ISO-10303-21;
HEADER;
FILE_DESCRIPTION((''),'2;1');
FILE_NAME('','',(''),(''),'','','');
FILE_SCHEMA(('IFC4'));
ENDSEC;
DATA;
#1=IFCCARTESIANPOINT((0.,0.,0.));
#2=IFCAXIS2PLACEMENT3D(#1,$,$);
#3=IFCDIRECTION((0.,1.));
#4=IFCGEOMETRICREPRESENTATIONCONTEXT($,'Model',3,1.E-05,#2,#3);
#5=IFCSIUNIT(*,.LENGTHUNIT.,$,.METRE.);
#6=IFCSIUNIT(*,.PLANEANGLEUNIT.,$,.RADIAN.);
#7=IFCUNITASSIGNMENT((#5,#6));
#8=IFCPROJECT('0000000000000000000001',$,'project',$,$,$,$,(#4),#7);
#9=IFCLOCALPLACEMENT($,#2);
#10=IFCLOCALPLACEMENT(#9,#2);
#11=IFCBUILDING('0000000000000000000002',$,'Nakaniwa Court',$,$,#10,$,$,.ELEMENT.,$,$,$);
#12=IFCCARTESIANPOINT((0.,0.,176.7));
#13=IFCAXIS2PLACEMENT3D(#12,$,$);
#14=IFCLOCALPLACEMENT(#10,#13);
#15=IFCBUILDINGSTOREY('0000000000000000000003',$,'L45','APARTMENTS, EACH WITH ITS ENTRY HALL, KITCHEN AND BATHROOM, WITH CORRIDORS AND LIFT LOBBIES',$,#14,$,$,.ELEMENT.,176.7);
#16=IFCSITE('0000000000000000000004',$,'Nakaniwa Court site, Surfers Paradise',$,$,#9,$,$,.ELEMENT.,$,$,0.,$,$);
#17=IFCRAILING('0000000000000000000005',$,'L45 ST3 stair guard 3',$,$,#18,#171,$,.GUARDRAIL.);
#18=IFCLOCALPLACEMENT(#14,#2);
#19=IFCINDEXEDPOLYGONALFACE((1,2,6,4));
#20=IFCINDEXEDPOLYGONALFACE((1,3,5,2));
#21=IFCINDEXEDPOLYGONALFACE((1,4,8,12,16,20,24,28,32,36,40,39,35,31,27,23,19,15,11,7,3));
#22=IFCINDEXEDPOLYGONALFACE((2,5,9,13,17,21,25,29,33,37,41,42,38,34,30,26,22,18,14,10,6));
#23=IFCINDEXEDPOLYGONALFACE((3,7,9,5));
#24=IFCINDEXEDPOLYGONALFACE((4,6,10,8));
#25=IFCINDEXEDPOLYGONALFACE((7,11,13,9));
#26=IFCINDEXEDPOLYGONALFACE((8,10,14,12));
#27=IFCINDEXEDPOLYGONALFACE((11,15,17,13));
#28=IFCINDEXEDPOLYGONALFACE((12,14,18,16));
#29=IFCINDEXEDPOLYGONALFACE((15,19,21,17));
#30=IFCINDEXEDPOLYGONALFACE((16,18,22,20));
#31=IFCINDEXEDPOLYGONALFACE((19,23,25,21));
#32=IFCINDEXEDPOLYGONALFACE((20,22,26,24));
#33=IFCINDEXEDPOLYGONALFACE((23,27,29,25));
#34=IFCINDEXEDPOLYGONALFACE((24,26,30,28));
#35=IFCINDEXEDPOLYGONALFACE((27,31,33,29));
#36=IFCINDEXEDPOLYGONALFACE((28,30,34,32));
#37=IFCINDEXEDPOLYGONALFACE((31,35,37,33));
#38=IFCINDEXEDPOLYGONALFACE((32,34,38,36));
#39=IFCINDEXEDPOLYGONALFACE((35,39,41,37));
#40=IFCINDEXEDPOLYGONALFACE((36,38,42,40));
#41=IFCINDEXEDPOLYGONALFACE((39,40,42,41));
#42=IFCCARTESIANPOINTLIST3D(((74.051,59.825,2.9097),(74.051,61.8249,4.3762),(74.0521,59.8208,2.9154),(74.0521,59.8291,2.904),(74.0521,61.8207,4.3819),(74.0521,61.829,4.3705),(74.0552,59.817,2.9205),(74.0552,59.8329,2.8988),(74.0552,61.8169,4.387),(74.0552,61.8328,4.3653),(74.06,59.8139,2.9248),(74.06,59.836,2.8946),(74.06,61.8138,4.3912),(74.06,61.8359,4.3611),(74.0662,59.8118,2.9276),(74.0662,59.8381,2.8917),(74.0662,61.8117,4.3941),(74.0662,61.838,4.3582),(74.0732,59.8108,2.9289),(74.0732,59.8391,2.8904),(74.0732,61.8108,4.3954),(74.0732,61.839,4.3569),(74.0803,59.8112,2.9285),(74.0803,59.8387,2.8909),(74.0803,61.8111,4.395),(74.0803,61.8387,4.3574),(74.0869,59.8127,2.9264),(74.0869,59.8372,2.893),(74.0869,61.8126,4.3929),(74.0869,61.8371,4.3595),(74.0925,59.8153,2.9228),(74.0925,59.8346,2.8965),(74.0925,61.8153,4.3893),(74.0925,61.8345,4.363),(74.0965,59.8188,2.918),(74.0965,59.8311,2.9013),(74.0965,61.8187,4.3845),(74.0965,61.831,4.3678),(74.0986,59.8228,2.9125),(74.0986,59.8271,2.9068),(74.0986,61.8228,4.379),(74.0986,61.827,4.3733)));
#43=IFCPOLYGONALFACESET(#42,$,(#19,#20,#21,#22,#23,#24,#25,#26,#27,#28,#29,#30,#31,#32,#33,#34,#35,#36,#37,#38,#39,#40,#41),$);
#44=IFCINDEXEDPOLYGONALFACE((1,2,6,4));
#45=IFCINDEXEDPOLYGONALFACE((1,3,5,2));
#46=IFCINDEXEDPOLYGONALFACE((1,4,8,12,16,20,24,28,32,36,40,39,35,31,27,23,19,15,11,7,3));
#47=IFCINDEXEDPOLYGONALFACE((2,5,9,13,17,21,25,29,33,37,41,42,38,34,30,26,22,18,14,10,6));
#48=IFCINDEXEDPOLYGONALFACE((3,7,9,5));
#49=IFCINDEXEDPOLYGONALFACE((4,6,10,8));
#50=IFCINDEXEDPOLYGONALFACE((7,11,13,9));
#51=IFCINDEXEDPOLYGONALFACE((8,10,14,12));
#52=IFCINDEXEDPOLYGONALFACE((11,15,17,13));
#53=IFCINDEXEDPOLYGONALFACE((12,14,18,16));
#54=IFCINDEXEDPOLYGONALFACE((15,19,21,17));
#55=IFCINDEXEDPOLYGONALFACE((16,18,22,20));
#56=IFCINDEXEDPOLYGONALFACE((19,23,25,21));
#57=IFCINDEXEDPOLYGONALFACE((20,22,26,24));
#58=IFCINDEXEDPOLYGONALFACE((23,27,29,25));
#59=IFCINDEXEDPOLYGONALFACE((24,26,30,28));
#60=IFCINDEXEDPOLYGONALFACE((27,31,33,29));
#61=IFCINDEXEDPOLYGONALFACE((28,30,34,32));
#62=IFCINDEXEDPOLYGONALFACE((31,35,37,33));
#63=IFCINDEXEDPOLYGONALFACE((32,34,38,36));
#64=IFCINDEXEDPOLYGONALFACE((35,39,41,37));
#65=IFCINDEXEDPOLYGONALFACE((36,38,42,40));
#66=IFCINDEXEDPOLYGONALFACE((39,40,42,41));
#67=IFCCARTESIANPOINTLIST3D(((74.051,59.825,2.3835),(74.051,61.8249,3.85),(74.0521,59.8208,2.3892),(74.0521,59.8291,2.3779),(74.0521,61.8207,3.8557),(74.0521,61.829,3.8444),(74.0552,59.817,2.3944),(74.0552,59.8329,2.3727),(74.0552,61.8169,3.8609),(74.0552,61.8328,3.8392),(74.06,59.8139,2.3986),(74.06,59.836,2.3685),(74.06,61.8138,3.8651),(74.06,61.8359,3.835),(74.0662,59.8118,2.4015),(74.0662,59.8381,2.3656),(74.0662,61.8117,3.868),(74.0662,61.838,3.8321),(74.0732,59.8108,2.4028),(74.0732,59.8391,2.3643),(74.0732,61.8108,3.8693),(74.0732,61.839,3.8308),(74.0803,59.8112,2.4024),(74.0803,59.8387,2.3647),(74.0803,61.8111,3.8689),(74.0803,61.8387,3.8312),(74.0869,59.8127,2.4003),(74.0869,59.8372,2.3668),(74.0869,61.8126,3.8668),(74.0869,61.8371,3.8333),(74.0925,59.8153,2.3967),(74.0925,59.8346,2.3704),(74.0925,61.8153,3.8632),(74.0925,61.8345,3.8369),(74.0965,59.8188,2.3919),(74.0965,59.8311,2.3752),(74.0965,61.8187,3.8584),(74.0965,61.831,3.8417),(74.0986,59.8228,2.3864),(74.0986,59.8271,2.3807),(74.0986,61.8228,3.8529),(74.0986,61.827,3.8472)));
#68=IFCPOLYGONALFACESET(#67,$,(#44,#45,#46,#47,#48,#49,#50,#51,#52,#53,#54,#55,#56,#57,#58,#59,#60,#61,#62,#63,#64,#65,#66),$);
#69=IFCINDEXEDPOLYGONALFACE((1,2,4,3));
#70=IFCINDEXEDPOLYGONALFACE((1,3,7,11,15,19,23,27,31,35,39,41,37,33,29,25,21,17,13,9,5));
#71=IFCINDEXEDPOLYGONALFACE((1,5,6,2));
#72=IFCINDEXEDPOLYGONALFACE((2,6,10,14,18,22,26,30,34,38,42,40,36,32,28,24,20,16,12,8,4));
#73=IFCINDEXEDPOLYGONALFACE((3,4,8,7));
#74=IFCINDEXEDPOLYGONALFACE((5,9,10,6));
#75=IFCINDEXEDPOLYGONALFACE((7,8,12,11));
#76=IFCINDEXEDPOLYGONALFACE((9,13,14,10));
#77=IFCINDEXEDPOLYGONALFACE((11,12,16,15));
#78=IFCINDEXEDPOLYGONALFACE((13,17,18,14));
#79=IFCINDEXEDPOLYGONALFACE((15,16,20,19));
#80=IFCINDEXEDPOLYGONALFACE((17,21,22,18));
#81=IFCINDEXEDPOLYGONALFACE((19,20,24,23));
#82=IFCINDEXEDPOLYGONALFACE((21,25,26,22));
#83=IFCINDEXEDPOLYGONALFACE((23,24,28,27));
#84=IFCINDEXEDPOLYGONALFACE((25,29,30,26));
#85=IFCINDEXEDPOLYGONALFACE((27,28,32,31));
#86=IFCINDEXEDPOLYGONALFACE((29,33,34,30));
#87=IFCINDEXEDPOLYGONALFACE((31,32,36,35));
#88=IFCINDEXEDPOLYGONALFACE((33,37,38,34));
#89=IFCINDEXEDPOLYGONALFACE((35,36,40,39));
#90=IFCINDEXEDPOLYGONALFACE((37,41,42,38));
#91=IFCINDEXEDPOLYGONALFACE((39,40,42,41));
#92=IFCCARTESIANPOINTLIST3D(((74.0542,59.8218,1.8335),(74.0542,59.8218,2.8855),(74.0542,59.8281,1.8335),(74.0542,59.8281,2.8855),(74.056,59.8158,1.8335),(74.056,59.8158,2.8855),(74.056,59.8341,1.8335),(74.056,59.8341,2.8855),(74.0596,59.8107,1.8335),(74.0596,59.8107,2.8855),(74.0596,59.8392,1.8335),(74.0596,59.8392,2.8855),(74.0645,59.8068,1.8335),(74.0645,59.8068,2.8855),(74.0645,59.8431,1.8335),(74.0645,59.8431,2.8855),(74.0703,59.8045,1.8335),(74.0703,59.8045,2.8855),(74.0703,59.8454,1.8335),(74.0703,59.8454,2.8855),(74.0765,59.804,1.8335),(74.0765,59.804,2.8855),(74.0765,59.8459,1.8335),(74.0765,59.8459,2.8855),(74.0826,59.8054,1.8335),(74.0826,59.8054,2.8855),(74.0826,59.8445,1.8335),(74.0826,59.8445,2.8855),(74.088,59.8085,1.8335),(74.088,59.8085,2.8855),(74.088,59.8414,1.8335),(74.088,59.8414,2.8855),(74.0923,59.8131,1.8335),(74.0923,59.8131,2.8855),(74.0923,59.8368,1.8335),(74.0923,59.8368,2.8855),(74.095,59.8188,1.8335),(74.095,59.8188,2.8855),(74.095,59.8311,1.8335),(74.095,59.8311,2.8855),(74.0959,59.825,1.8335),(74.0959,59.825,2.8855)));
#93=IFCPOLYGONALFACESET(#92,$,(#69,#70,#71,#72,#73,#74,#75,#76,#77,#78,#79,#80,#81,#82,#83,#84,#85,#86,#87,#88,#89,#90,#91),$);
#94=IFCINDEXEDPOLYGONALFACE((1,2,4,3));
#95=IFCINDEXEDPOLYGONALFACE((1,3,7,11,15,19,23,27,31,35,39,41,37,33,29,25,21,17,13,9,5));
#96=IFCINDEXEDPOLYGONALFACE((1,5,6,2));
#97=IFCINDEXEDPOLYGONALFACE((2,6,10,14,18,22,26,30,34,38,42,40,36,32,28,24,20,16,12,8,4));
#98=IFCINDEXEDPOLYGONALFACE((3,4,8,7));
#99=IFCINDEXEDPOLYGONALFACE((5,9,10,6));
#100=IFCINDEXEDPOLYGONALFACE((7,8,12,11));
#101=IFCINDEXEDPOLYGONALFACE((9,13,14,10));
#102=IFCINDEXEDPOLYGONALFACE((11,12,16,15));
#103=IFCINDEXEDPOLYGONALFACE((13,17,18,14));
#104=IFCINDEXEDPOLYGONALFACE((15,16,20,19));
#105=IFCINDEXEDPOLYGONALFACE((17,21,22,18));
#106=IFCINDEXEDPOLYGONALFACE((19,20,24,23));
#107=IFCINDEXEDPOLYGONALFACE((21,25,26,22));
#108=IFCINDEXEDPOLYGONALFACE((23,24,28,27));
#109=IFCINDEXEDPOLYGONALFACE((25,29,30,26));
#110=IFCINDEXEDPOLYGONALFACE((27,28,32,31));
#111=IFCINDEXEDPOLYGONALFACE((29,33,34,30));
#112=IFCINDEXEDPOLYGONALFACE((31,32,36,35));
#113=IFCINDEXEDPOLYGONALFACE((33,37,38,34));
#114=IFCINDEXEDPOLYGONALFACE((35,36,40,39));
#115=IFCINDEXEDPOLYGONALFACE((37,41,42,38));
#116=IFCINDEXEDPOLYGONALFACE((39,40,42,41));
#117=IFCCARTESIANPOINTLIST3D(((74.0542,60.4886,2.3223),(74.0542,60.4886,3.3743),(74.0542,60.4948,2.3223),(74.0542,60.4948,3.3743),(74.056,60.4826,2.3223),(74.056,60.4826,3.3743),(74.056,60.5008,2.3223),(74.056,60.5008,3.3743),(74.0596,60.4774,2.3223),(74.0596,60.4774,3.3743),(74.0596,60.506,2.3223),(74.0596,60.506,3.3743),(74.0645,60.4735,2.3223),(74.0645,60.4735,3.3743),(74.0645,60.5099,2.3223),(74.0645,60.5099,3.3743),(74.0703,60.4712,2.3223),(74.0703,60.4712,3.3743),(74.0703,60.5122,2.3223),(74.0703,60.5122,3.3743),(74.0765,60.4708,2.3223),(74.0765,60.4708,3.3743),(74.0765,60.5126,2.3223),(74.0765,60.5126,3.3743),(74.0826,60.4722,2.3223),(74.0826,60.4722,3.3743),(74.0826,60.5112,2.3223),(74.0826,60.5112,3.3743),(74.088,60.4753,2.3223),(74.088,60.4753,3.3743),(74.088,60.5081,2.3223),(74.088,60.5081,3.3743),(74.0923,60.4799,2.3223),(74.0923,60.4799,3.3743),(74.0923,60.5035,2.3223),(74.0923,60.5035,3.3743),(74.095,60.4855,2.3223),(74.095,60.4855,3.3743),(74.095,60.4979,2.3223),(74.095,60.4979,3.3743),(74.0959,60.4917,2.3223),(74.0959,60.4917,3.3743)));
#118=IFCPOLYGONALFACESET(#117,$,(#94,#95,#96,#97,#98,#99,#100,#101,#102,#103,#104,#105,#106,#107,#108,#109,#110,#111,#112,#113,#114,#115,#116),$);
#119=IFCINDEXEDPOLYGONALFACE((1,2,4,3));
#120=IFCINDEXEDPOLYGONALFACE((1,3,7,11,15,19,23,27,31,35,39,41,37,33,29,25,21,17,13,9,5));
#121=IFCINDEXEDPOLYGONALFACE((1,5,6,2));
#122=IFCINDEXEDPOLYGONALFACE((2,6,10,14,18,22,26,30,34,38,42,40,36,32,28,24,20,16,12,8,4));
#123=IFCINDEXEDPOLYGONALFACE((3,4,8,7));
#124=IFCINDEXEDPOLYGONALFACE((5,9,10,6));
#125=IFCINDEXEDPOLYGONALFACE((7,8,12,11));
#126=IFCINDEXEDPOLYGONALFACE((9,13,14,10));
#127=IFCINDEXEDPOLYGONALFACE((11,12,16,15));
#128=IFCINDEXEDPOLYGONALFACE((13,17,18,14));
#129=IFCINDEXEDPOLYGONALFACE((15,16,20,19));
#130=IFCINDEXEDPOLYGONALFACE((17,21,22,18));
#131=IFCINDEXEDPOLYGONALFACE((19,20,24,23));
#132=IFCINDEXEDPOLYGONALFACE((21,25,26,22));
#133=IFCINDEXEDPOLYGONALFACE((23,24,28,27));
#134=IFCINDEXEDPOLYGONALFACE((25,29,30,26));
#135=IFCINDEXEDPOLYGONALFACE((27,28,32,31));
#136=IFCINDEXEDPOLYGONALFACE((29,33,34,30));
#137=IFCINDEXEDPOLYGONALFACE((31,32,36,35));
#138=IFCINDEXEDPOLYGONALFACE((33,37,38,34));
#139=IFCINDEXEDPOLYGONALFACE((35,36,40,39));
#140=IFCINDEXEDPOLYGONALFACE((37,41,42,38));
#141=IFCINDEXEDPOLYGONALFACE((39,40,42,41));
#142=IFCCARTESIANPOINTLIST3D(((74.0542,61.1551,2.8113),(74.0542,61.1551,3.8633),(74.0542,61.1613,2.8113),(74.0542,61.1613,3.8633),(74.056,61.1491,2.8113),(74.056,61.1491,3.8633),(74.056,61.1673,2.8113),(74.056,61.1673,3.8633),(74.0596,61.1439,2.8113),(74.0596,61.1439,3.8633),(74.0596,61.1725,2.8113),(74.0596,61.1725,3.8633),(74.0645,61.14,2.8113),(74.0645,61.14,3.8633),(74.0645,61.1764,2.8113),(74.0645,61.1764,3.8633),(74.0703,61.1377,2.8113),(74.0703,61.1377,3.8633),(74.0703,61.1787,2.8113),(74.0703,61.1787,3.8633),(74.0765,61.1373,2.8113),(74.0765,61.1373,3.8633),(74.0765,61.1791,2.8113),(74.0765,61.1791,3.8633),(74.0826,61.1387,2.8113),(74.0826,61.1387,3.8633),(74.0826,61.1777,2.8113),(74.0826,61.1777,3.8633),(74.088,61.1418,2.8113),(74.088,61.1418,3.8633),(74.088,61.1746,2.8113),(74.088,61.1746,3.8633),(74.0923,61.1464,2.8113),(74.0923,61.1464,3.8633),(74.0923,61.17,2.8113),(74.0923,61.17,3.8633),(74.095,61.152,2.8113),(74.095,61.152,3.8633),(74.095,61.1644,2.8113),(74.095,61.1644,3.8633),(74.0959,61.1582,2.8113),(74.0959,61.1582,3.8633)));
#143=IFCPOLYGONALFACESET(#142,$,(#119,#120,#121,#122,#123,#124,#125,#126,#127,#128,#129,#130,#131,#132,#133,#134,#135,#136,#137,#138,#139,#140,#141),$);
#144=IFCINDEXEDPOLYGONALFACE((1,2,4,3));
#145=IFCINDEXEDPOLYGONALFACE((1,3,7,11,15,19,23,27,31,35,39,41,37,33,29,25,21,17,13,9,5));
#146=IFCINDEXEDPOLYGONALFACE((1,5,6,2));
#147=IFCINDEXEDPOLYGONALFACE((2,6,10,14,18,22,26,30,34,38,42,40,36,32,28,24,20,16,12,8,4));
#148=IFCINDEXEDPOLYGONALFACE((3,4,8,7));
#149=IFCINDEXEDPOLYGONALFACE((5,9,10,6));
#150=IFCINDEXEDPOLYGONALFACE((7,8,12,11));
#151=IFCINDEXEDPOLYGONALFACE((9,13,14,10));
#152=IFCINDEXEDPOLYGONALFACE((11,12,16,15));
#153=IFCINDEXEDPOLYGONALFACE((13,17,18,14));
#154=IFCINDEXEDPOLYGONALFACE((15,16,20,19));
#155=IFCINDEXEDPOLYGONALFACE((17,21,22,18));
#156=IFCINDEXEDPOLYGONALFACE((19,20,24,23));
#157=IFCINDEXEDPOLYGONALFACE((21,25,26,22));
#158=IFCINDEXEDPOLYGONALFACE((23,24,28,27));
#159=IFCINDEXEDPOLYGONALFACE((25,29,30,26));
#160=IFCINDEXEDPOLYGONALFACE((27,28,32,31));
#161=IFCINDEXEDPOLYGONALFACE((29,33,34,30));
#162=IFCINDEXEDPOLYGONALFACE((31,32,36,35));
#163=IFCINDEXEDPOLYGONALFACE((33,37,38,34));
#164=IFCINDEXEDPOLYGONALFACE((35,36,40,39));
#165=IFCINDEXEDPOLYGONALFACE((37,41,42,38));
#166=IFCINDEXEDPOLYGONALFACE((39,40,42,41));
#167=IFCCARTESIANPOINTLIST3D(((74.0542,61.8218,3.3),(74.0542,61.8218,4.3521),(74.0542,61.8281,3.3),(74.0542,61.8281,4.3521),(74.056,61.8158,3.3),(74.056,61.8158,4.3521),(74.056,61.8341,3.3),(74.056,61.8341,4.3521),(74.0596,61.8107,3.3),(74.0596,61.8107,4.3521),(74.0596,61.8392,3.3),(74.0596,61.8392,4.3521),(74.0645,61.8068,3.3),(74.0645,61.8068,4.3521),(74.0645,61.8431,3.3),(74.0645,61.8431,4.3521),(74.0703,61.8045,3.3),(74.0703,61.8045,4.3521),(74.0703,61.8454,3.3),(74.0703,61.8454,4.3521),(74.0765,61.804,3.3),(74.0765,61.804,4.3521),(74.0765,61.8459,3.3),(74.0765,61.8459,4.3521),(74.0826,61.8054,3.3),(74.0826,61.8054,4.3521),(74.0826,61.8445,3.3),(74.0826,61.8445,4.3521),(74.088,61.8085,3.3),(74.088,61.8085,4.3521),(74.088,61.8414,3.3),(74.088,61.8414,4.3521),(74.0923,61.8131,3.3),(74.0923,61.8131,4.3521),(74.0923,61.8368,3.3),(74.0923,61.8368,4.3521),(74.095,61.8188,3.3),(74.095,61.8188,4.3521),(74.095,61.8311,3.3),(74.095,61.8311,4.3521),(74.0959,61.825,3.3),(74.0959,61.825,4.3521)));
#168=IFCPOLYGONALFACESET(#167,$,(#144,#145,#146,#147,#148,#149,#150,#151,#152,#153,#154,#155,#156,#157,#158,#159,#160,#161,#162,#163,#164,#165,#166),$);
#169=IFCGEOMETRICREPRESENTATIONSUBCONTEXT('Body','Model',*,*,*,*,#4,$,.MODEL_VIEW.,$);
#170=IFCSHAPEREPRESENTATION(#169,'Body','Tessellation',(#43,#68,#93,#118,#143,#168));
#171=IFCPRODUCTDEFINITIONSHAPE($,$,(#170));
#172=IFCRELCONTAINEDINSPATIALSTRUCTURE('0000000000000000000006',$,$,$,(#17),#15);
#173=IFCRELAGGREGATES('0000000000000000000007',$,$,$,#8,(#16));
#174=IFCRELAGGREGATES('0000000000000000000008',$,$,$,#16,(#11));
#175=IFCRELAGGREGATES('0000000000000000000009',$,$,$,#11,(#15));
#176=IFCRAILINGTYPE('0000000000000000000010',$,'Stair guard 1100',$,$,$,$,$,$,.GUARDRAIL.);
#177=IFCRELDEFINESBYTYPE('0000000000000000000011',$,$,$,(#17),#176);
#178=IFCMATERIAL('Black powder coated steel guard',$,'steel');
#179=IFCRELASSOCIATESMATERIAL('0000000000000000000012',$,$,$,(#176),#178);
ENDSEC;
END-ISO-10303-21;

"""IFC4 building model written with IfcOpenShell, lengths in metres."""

from ifc_helpers import new_model, si_unit, direction, frame, origin, origin_2d, place, context, subcontext, project, spatial, circle, extrude, material, type_object, element, save


model = new_model("IFC4")

# Units and contexts
model_context = context("Model", 3, precision=1e-05, world=origin(), true_north=direction((0.0, 1.0)))
body_context = subcontext(model_context, "Body", "Model", "MODEL_VIEW")
ifc_project = project(units=[si_unit("LENGTHUNIT", "METRE"), si_unit("PLANEANGLEUNIT", "RADIAN")], contexts=[model_context])

# Site, building, storey
site_placement = place(None, origin())
site = spatial("IfcSite", under=ifc_project, at=site_placement, Name="Nakaniwa Court site, Surfers Paradise", CompositionType="ELEMENT", RefElevation=0.0)
building_placement = place(site_placement, origin())
building = spatial("IfcBuilding", under=site, at=building_placement, Name="Nakaniwa Court", CompositionType="ELEMENT")
storey_placement = place(building_placement, frame((0.0, 0.0, 176.7)))
storey = spatial("IfcBuildingStorey", under=building, at=storey_placement, Name="L45", Description="APARTMENTS, EACH WITH ITS ENTRY HALL, KITCHEN AND BATHROOM, WITH CORRIDORS AND LIFT LOBBIES", CompositionType="ELEMENT", Elevation=176.7)

# Railing
ifc_material_1 = material(Name="Black powder coated steel guard", Category="steel")
railing_type_1 = type_object("IfcRailingType", Name="Stair guard 1100", PredefinedType="GUARDRAIL", material=ifc_material_1)
railing_1_placement = place(storey_placement, frame((74.075, 59.825, 1.8335)))
element("IfcRailing", 1, at=railing_1_placement, inside=storey, type_object=railing_type_1, Name="L45 ST3 stair guard 3", PredefinedType="GUARDRAIL", context=body_context, shape_type="SweptSolid", body=[
    extrude(circle(Radius=0.0239, at=origin_2d()), frame((0.0, 0.0, 1.0762), z_axis=(0.0, 0.806427, 0.591334), x_axis=(-1.0, 0.0, 0.0)), (0.0, 0.0, 1.0), 2.48),
    extrude(circle(Radius=0.0239, at=origin_2d()), frame((0.0, 0.0, 0.55), z_axis=(0.0, 0.806427, 0.591334), x_axis=(-1.0, 0.0, 0.0)), (0.0, 0.0, 1.0), 2.48),
    extrude(circle(Radius=0.021, at=origin_2d()), origin(), (0.0, 0.0, 1.0), 1.052),
    extrude(circle(Radius=0.021, at=origin_2d()), frame((0.0, 0.6667, 0.4888)), (0.0, 0.0, 1.0), 1.052),
    extrude(circle(Radius=0.021, at=origin_2d()), frame((0.0, 1.3333, 0.9778)), (0.0, 0.0, 1.0), 1.052),
    extrude(circle(Radius=0.021, at=origin_2d()), frame((0.0, 2.0, 1.4666)), (0.0, 0.0, 1.0), 1.052),
])

save(model, "model.ifc")
